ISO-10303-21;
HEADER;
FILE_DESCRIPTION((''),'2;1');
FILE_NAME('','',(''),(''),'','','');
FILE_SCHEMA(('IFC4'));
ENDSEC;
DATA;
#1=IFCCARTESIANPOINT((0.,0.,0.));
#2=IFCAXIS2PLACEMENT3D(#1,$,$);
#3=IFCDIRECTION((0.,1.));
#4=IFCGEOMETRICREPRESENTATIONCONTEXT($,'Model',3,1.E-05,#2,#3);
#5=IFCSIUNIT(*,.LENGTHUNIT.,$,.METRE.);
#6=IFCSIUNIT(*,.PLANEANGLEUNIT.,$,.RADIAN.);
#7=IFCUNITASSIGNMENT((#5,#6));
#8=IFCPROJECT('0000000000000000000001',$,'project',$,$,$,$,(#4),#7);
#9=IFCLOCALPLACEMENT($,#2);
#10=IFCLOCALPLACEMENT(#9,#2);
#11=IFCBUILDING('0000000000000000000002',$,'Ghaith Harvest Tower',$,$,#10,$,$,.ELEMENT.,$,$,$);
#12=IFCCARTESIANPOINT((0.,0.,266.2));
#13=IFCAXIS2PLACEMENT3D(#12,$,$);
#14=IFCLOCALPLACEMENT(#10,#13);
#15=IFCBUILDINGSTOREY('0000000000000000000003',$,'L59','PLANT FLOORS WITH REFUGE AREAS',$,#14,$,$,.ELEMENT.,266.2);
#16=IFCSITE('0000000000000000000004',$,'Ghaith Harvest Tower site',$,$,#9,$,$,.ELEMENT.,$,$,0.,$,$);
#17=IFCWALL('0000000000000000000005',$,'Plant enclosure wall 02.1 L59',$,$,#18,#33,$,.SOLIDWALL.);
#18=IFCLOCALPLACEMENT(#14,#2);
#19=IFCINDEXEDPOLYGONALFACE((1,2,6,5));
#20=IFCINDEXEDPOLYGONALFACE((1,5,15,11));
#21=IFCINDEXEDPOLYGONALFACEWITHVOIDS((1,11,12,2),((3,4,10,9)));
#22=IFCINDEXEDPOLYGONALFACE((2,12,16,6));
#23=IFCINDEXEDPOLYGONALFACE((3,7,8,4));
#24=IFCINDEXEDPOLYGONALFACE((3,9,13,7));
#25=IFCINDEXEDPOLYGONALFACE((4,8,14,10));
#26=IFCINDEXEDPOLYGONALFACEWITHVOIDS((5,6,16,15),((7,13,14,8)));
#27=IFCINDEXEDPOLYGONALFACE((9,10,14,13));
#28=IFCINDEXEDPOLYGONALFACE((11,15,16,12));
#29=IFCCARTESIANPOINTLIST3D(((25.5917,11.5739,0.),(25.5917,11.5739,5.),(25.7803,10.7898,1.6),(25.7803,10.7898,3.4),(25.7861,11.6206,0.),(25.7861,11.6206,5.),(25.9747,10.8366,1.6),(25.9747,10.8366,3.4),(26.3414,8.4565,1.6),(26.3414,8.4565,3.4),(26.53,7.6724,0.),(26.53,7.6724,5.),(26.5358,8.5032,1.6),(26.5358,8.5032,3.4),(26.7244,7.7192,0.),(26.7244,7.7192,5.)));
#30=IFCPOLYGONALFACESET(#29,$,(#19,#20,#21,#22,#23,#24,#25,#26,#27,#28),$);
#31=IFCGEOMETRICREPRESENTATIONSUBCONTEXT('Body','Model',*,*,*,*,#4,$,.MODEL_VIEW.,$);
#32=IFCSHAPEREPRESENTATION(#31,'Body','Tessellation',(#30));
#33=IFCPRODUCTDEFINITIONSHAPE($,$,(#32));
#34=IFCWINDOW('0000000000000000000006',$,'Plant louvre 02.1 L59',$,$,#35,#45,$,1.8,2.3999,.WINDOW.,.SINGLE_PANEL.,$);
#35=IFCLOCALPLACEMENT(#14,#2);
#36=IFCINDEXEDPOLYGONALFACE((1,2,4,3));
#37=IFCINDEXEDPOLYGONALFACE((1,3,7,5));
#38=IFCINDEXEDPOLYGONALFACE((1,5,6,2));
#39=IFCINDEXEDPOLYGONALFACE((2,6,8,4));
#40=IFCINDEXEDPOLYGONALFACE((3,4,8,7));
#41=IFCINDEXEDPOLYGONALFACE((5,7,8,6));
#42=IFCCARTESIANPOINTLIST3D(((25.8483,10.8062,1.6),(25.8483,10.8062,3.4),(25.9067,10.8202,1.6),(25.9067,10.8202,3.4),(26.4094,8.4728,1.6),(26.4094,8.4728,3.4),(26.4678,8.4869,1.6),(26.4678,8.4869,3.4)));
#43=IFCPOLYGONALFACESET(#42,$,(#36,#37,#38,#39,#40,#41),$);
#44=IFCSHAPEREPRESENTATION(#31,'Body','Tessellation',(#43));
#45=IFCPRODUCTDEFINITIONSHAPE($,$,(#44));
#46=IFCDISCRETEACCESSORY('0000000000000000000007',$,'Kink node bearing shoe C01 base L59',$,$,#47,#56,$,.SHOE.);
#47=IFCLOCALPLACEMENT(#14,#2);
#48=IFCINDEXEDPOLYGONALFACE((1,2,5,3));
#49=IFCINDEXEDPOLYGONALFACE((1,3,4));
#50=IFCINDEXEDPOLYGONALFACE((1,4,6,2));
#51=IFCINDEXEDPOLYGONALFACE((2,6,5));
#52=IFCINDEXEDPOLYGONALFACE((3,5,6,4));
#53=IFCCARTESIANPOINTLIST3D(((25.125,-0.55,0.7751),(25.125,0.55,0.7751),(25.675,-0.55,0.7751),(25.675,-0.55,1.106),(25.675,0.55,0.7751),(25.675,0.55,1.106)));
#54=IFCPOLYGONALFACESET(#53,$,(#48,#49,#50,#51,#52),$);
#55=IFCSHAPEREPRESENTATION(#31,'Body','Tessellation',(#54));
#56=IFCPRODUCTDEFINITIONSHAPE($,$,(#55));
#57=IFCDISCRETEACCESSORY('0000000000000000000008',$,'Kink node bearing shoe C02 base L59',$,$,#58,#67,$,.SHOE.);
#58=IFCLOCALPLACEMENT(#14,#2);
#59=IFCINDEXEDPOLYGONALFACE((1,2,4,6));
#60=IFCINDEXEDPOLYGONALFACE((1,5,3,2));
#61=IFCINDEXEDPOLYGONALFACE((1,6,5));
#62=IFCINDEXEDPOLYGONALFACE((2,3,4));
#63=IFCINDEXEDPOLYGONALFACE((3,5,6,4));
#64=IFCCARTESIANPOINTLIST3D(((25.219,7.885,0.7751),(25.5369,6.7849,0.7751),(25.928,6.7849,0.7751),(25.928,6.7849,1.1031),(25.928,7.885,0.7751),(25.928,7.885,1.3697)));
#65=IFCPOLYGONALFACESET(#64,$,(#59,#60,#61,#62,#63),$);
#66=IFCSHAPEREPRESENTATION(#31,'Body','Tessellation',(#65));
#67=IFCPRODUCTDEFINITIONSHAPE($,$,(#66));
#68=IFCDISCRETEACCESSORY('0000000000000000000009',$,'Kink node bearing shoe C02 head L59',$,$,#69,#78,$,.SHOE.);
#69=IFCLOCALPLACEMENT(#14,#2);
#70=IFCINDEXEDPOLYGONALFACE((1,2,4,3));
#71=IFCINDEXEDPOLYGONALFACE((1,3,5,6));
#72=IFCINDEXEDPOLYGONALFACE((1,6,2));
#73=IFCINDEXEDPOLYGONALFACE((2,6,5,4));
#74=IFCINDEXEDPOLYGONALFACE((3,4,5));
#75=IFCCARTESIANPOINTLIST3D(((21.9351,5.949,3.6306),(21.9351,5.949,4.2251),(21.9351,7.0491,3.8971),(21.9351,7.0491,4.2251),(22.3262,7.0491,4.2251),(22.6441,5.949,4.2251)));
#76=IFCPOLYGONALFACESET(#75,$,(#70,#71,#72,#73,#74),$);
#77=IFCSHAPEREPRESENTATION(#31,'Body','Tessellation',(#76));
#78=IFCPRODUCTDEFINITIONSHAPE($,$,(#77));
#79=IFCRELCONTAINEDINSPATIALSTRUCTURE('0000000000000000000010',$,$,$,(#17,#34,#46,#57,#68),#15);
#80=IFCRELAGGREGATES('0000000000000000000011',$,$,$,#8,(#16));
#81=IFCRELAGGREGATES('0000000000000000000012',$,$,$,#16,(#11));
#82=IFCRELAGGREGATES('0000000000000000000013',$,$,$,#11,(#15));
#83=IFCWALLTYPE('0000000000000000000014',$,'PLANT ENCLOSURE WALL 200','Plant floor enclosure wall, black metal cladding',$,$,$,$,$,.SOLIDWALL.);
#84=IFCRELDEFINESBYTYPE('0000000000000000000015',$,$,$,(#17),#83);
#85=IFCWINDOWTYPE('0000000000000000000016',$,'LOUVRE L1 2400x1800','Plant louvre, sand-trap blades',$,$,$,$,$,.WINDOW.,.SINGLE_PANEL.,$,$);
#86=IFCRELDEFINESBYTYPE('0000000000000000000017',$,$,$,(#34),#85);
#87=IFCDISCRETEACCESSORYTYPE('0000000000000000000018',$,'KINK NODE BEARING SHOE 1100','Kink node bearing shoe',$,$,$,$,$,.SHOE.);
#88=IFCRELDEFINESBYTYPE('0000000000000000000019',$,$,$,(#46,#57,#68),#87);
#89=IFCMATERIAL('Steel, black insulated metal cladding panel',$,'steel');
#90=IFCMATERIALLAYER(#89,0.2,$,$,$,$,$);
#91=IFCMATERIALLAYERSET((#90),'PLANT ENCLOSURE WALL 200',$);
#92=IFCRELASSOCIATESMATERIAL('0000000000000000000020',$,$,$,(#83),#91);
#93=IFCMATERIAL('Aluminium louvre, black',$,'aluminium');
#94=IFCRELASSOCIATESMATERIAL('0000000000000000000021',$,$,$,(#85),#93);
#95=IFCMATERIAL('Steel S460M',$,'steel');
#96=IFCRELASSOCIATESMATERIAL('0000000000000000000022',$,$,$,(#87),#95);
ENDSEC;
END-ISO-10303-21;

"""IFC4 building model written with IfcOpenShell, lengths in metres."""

from ifc_helpers import new_model, si_unit, direction, frame, frame_2d, origin, origin_2d, place, context, subcontext, project, spatial, rectangle, extrude, clip, halfspace, material, layer, layer_set, material_profile, profile_set, type_object, element, fill, save


model = new_model("IFC4")

# Units and contexts
model_context = context("Model", 3, precision=1e-05, world=origin(), true_north=direction((0.0, 1.0)))
body_context = subcontext(model_context, "Body", "Model", "MODEL_VIEW")
ifc_project = project(units=[si_unit("LENGTHUNIT", "METRE"), si_unit("PLANEANGLEUNIT", "RADIAN")], contexts=[model_context])

# Site, building, storey
site_placement = place(None, origin())
site = spatial("IfcSite", under=ifc_project, at=site_placement, Name="Ghaith Harvest Tower site", CompositionType="ELEMENT", RefElevation=0.0)
building_placement = place(site_placement, origin())
building = spatial("IfcBuilding", under=site, at=building_placement, Name="Ghaith Harvest Tower", CompositionType="ELEMENT")
storey_placement = place(building_placement, frame((0.0, 0.0, 266.2)))
storey = spatial("IfcBuildingStorey", under=building, at=storey_placement, Name="L59", Description="PLANT FLOORS WITH REFUGE AREAS", CompositionType="ELEMENT", Elevation=266.2)

# Wall, opening, window
ifc_material_1 = material(Name="Steel, black insulated metal cladding panel", Category="steel")
ifc_layer_1 = layer(ifc_material_1, 0.2)
ifc_layer_set_1 = layer_set([ifc_layer_1], Name="PLANT ENCLOSURE WALL 200")
wall_type_1 = type_object("IfcWallType", Name="PLANT ENCLOSURE WALL 200", Description="Plant floor enclosure wall, black metal cladding", PredefinedType="SOLIDWALL", material=ifc_layer_set_1)
ifc_material_2 = material(Name="Aluminium louvre, black", Category="aluminium")
window_type = type_object("IfcWindowType", Name="LOUVRE L1 2400x1800", Description="Plant louvre, sand-trap blades", PartitioningType="SINGLE_PANEL", PredefinedType="WINDOW", material=ifc_material_2)
wall_1_placement = place(storey_placement, frame((26.6272, 7.6958, 0.0), z_axis=(0.0, 0.0, 1.0), x_axis=(-0.233822, 0.97228, 0.0)))
wall_1 = element("IfcWall", 1, at=wall_1_placement, inside=storey, type_object=wall_type_1, Name="Plant enclosure wall 02.1 L59", PredefinedType="SOLIDWALL", context=body_context, shape_type="SweptSolid", body=[
    extrude(rectangle(XDim=4.0127, YDim=0.2, at=frame_2d((2.0063, 0.0))), origin(), (0.0, 0.0, 1.0), 5.0),
])
opening_1_placement = place(wall_1_placement, frame((0.8064, 0.0, 1.6001)))
opening_1 = element("IfcOpeningElement", 2, at=opening_1_placement, cuts=wall_1, PredefinedType="OPENING", context=body_context, shape_type="SweptSolid", body=[
    extrude(rectangle(XDim=2.3999, YDim=1.8, at=frame_2d((1.2, 0.8999))), frame((0.0, 0.1099, 0.0), z_axis=(0.0, -1.0, 0.0), x_axis=(1.0, 0.0, 0.0)), (0.0, 0.0, 1.0), 0.22),
])
window_1_placement = place(opening_1_placement, origin())
window_1 = element("IfcWindow", 3, at=window_1_placement, inside=storey, type_object=window_type, Name="Plant louvre 02.1 L59", OverallHeight=1.8, OverallWidth=2.3999, PartitioningType="SINGLE_PANEL", PredefinedType="WINDOW", context=body_context, shape_type="SweptSolid", body=[
    extrude(rectangle(XDim=2.3999, YDim=1.8, at=frame_2d((1.2, 0.8999))), frame((0.0, 0.03, 0.0), z_axis=(0.0, -1.0, 0.0), x_axis=(1.0, 0.0, 0.0)), (0.0, 0.0, 1.0), 0.0601),
])
fill(opening_1, window_1)

# Discrete accessories
ifc_material_3 = material(Name="Steel S460M", Category="steel")
ifc_material_profile_1 = material_profile(ifc_material_3, rectangle(XDim=1.1001, YDim=1.1001, at=origin_2d()), Name="KINK NODE BEARING SHOE 1100")
ifc_profile_set_1 = profile_set([ifc_material_profile_1], Name="Steel S460M")
discrete_accessory_type = type_object("IfcDiscreteAccessoryType", Name="KINK NODE BEARING SHOE 1100", Description="Kink node bearing shoe", PredefinedType="SHOE", material=ifc_profile_set_1)
discrete_accessory_1_placement = place(storey_placement, frame((25.125, 0.0, 0.7751), z_axis=(0.0, 0.0, 1.0), x_axis=(1.0, 0.0, 0.0)))
element("IfcDiscreteAccessory", 4, at=discrete_accessory_1_placement, inside=storey, type_object=discrete_accessory_type, Name="Kink node bearing shoe C01 base L59", PredefinedType="SHOE", context=body_context, shape_type="Clipping", body=[
    clip(extrude(rectangle(XDim=1.1001, YDim=1.1001, at=origin_2d()), origin(), (0.0, 0.0, 1.0), 0.3408), halfspace(frame((0.0, 0.0, 0.0), z_axis=(-0.515409, 0.0, 0.856945), x_axis=(1.0, 0.0, 0.0)), False)),
])
discrete_accessory_2_placement = place(storey_placement, frame((25.3779, 7.335, 0.7751), z_axis=(0.0, 0.0, 1.0), x_axis=(1.0, 0.0, 0.0)))
element("IfcDiscreteAccessory", 5, at=discrete_accessory_2_placement, inside=storey, type_object=discrete_accessory_type, Name="Kink node bearing shoe C02 base L59", PredefinedType="SHOE", context=body_context, shape_type="Clipping", body=[
    clip(extrude(rectangle(XDim=1.1001, YDim=1.1001, at=origin_2d()), origin(), (0.0, 0.0, 1.0), 0.6045), halfspace(frame((0.0, 0.0, 0.0), z_axis=(-0.631743, -0.182557, 0.753375), x_axis=(1.0, 0.0, 0.0)), False)),
])
discrete_accessory_3_placement = place(storey_placement, frame((22.4851, 6.499, 3.6206), z_axis=(0.0, 0.0, 1.0), x_axis=(1.0, 0.0, 0.0)))
element("IfcDiscreteAccessory", 6, at=discrete_accessory_3_placement, inside=storey, type_object=discrete_accessory_type, Name="Kink node bearing shoe C02 head L59", PredefinedType="SHOE", context=body_context, shape_type="Clipping", body=[
    clip(extrude(rectangle(XDim=1.1001, YDim=1.1001, at=origin_2d()), origin(), (0.0, 0.0, 1.0), 0.6045), halfspace(frame((0.0, 0.0, 0.6045), z_axis=(0.631743, 0.182557, -0.753375), x_axis=(1.0, 0.0, 0.0)), False)),
])

save(model, "model.ifc")
